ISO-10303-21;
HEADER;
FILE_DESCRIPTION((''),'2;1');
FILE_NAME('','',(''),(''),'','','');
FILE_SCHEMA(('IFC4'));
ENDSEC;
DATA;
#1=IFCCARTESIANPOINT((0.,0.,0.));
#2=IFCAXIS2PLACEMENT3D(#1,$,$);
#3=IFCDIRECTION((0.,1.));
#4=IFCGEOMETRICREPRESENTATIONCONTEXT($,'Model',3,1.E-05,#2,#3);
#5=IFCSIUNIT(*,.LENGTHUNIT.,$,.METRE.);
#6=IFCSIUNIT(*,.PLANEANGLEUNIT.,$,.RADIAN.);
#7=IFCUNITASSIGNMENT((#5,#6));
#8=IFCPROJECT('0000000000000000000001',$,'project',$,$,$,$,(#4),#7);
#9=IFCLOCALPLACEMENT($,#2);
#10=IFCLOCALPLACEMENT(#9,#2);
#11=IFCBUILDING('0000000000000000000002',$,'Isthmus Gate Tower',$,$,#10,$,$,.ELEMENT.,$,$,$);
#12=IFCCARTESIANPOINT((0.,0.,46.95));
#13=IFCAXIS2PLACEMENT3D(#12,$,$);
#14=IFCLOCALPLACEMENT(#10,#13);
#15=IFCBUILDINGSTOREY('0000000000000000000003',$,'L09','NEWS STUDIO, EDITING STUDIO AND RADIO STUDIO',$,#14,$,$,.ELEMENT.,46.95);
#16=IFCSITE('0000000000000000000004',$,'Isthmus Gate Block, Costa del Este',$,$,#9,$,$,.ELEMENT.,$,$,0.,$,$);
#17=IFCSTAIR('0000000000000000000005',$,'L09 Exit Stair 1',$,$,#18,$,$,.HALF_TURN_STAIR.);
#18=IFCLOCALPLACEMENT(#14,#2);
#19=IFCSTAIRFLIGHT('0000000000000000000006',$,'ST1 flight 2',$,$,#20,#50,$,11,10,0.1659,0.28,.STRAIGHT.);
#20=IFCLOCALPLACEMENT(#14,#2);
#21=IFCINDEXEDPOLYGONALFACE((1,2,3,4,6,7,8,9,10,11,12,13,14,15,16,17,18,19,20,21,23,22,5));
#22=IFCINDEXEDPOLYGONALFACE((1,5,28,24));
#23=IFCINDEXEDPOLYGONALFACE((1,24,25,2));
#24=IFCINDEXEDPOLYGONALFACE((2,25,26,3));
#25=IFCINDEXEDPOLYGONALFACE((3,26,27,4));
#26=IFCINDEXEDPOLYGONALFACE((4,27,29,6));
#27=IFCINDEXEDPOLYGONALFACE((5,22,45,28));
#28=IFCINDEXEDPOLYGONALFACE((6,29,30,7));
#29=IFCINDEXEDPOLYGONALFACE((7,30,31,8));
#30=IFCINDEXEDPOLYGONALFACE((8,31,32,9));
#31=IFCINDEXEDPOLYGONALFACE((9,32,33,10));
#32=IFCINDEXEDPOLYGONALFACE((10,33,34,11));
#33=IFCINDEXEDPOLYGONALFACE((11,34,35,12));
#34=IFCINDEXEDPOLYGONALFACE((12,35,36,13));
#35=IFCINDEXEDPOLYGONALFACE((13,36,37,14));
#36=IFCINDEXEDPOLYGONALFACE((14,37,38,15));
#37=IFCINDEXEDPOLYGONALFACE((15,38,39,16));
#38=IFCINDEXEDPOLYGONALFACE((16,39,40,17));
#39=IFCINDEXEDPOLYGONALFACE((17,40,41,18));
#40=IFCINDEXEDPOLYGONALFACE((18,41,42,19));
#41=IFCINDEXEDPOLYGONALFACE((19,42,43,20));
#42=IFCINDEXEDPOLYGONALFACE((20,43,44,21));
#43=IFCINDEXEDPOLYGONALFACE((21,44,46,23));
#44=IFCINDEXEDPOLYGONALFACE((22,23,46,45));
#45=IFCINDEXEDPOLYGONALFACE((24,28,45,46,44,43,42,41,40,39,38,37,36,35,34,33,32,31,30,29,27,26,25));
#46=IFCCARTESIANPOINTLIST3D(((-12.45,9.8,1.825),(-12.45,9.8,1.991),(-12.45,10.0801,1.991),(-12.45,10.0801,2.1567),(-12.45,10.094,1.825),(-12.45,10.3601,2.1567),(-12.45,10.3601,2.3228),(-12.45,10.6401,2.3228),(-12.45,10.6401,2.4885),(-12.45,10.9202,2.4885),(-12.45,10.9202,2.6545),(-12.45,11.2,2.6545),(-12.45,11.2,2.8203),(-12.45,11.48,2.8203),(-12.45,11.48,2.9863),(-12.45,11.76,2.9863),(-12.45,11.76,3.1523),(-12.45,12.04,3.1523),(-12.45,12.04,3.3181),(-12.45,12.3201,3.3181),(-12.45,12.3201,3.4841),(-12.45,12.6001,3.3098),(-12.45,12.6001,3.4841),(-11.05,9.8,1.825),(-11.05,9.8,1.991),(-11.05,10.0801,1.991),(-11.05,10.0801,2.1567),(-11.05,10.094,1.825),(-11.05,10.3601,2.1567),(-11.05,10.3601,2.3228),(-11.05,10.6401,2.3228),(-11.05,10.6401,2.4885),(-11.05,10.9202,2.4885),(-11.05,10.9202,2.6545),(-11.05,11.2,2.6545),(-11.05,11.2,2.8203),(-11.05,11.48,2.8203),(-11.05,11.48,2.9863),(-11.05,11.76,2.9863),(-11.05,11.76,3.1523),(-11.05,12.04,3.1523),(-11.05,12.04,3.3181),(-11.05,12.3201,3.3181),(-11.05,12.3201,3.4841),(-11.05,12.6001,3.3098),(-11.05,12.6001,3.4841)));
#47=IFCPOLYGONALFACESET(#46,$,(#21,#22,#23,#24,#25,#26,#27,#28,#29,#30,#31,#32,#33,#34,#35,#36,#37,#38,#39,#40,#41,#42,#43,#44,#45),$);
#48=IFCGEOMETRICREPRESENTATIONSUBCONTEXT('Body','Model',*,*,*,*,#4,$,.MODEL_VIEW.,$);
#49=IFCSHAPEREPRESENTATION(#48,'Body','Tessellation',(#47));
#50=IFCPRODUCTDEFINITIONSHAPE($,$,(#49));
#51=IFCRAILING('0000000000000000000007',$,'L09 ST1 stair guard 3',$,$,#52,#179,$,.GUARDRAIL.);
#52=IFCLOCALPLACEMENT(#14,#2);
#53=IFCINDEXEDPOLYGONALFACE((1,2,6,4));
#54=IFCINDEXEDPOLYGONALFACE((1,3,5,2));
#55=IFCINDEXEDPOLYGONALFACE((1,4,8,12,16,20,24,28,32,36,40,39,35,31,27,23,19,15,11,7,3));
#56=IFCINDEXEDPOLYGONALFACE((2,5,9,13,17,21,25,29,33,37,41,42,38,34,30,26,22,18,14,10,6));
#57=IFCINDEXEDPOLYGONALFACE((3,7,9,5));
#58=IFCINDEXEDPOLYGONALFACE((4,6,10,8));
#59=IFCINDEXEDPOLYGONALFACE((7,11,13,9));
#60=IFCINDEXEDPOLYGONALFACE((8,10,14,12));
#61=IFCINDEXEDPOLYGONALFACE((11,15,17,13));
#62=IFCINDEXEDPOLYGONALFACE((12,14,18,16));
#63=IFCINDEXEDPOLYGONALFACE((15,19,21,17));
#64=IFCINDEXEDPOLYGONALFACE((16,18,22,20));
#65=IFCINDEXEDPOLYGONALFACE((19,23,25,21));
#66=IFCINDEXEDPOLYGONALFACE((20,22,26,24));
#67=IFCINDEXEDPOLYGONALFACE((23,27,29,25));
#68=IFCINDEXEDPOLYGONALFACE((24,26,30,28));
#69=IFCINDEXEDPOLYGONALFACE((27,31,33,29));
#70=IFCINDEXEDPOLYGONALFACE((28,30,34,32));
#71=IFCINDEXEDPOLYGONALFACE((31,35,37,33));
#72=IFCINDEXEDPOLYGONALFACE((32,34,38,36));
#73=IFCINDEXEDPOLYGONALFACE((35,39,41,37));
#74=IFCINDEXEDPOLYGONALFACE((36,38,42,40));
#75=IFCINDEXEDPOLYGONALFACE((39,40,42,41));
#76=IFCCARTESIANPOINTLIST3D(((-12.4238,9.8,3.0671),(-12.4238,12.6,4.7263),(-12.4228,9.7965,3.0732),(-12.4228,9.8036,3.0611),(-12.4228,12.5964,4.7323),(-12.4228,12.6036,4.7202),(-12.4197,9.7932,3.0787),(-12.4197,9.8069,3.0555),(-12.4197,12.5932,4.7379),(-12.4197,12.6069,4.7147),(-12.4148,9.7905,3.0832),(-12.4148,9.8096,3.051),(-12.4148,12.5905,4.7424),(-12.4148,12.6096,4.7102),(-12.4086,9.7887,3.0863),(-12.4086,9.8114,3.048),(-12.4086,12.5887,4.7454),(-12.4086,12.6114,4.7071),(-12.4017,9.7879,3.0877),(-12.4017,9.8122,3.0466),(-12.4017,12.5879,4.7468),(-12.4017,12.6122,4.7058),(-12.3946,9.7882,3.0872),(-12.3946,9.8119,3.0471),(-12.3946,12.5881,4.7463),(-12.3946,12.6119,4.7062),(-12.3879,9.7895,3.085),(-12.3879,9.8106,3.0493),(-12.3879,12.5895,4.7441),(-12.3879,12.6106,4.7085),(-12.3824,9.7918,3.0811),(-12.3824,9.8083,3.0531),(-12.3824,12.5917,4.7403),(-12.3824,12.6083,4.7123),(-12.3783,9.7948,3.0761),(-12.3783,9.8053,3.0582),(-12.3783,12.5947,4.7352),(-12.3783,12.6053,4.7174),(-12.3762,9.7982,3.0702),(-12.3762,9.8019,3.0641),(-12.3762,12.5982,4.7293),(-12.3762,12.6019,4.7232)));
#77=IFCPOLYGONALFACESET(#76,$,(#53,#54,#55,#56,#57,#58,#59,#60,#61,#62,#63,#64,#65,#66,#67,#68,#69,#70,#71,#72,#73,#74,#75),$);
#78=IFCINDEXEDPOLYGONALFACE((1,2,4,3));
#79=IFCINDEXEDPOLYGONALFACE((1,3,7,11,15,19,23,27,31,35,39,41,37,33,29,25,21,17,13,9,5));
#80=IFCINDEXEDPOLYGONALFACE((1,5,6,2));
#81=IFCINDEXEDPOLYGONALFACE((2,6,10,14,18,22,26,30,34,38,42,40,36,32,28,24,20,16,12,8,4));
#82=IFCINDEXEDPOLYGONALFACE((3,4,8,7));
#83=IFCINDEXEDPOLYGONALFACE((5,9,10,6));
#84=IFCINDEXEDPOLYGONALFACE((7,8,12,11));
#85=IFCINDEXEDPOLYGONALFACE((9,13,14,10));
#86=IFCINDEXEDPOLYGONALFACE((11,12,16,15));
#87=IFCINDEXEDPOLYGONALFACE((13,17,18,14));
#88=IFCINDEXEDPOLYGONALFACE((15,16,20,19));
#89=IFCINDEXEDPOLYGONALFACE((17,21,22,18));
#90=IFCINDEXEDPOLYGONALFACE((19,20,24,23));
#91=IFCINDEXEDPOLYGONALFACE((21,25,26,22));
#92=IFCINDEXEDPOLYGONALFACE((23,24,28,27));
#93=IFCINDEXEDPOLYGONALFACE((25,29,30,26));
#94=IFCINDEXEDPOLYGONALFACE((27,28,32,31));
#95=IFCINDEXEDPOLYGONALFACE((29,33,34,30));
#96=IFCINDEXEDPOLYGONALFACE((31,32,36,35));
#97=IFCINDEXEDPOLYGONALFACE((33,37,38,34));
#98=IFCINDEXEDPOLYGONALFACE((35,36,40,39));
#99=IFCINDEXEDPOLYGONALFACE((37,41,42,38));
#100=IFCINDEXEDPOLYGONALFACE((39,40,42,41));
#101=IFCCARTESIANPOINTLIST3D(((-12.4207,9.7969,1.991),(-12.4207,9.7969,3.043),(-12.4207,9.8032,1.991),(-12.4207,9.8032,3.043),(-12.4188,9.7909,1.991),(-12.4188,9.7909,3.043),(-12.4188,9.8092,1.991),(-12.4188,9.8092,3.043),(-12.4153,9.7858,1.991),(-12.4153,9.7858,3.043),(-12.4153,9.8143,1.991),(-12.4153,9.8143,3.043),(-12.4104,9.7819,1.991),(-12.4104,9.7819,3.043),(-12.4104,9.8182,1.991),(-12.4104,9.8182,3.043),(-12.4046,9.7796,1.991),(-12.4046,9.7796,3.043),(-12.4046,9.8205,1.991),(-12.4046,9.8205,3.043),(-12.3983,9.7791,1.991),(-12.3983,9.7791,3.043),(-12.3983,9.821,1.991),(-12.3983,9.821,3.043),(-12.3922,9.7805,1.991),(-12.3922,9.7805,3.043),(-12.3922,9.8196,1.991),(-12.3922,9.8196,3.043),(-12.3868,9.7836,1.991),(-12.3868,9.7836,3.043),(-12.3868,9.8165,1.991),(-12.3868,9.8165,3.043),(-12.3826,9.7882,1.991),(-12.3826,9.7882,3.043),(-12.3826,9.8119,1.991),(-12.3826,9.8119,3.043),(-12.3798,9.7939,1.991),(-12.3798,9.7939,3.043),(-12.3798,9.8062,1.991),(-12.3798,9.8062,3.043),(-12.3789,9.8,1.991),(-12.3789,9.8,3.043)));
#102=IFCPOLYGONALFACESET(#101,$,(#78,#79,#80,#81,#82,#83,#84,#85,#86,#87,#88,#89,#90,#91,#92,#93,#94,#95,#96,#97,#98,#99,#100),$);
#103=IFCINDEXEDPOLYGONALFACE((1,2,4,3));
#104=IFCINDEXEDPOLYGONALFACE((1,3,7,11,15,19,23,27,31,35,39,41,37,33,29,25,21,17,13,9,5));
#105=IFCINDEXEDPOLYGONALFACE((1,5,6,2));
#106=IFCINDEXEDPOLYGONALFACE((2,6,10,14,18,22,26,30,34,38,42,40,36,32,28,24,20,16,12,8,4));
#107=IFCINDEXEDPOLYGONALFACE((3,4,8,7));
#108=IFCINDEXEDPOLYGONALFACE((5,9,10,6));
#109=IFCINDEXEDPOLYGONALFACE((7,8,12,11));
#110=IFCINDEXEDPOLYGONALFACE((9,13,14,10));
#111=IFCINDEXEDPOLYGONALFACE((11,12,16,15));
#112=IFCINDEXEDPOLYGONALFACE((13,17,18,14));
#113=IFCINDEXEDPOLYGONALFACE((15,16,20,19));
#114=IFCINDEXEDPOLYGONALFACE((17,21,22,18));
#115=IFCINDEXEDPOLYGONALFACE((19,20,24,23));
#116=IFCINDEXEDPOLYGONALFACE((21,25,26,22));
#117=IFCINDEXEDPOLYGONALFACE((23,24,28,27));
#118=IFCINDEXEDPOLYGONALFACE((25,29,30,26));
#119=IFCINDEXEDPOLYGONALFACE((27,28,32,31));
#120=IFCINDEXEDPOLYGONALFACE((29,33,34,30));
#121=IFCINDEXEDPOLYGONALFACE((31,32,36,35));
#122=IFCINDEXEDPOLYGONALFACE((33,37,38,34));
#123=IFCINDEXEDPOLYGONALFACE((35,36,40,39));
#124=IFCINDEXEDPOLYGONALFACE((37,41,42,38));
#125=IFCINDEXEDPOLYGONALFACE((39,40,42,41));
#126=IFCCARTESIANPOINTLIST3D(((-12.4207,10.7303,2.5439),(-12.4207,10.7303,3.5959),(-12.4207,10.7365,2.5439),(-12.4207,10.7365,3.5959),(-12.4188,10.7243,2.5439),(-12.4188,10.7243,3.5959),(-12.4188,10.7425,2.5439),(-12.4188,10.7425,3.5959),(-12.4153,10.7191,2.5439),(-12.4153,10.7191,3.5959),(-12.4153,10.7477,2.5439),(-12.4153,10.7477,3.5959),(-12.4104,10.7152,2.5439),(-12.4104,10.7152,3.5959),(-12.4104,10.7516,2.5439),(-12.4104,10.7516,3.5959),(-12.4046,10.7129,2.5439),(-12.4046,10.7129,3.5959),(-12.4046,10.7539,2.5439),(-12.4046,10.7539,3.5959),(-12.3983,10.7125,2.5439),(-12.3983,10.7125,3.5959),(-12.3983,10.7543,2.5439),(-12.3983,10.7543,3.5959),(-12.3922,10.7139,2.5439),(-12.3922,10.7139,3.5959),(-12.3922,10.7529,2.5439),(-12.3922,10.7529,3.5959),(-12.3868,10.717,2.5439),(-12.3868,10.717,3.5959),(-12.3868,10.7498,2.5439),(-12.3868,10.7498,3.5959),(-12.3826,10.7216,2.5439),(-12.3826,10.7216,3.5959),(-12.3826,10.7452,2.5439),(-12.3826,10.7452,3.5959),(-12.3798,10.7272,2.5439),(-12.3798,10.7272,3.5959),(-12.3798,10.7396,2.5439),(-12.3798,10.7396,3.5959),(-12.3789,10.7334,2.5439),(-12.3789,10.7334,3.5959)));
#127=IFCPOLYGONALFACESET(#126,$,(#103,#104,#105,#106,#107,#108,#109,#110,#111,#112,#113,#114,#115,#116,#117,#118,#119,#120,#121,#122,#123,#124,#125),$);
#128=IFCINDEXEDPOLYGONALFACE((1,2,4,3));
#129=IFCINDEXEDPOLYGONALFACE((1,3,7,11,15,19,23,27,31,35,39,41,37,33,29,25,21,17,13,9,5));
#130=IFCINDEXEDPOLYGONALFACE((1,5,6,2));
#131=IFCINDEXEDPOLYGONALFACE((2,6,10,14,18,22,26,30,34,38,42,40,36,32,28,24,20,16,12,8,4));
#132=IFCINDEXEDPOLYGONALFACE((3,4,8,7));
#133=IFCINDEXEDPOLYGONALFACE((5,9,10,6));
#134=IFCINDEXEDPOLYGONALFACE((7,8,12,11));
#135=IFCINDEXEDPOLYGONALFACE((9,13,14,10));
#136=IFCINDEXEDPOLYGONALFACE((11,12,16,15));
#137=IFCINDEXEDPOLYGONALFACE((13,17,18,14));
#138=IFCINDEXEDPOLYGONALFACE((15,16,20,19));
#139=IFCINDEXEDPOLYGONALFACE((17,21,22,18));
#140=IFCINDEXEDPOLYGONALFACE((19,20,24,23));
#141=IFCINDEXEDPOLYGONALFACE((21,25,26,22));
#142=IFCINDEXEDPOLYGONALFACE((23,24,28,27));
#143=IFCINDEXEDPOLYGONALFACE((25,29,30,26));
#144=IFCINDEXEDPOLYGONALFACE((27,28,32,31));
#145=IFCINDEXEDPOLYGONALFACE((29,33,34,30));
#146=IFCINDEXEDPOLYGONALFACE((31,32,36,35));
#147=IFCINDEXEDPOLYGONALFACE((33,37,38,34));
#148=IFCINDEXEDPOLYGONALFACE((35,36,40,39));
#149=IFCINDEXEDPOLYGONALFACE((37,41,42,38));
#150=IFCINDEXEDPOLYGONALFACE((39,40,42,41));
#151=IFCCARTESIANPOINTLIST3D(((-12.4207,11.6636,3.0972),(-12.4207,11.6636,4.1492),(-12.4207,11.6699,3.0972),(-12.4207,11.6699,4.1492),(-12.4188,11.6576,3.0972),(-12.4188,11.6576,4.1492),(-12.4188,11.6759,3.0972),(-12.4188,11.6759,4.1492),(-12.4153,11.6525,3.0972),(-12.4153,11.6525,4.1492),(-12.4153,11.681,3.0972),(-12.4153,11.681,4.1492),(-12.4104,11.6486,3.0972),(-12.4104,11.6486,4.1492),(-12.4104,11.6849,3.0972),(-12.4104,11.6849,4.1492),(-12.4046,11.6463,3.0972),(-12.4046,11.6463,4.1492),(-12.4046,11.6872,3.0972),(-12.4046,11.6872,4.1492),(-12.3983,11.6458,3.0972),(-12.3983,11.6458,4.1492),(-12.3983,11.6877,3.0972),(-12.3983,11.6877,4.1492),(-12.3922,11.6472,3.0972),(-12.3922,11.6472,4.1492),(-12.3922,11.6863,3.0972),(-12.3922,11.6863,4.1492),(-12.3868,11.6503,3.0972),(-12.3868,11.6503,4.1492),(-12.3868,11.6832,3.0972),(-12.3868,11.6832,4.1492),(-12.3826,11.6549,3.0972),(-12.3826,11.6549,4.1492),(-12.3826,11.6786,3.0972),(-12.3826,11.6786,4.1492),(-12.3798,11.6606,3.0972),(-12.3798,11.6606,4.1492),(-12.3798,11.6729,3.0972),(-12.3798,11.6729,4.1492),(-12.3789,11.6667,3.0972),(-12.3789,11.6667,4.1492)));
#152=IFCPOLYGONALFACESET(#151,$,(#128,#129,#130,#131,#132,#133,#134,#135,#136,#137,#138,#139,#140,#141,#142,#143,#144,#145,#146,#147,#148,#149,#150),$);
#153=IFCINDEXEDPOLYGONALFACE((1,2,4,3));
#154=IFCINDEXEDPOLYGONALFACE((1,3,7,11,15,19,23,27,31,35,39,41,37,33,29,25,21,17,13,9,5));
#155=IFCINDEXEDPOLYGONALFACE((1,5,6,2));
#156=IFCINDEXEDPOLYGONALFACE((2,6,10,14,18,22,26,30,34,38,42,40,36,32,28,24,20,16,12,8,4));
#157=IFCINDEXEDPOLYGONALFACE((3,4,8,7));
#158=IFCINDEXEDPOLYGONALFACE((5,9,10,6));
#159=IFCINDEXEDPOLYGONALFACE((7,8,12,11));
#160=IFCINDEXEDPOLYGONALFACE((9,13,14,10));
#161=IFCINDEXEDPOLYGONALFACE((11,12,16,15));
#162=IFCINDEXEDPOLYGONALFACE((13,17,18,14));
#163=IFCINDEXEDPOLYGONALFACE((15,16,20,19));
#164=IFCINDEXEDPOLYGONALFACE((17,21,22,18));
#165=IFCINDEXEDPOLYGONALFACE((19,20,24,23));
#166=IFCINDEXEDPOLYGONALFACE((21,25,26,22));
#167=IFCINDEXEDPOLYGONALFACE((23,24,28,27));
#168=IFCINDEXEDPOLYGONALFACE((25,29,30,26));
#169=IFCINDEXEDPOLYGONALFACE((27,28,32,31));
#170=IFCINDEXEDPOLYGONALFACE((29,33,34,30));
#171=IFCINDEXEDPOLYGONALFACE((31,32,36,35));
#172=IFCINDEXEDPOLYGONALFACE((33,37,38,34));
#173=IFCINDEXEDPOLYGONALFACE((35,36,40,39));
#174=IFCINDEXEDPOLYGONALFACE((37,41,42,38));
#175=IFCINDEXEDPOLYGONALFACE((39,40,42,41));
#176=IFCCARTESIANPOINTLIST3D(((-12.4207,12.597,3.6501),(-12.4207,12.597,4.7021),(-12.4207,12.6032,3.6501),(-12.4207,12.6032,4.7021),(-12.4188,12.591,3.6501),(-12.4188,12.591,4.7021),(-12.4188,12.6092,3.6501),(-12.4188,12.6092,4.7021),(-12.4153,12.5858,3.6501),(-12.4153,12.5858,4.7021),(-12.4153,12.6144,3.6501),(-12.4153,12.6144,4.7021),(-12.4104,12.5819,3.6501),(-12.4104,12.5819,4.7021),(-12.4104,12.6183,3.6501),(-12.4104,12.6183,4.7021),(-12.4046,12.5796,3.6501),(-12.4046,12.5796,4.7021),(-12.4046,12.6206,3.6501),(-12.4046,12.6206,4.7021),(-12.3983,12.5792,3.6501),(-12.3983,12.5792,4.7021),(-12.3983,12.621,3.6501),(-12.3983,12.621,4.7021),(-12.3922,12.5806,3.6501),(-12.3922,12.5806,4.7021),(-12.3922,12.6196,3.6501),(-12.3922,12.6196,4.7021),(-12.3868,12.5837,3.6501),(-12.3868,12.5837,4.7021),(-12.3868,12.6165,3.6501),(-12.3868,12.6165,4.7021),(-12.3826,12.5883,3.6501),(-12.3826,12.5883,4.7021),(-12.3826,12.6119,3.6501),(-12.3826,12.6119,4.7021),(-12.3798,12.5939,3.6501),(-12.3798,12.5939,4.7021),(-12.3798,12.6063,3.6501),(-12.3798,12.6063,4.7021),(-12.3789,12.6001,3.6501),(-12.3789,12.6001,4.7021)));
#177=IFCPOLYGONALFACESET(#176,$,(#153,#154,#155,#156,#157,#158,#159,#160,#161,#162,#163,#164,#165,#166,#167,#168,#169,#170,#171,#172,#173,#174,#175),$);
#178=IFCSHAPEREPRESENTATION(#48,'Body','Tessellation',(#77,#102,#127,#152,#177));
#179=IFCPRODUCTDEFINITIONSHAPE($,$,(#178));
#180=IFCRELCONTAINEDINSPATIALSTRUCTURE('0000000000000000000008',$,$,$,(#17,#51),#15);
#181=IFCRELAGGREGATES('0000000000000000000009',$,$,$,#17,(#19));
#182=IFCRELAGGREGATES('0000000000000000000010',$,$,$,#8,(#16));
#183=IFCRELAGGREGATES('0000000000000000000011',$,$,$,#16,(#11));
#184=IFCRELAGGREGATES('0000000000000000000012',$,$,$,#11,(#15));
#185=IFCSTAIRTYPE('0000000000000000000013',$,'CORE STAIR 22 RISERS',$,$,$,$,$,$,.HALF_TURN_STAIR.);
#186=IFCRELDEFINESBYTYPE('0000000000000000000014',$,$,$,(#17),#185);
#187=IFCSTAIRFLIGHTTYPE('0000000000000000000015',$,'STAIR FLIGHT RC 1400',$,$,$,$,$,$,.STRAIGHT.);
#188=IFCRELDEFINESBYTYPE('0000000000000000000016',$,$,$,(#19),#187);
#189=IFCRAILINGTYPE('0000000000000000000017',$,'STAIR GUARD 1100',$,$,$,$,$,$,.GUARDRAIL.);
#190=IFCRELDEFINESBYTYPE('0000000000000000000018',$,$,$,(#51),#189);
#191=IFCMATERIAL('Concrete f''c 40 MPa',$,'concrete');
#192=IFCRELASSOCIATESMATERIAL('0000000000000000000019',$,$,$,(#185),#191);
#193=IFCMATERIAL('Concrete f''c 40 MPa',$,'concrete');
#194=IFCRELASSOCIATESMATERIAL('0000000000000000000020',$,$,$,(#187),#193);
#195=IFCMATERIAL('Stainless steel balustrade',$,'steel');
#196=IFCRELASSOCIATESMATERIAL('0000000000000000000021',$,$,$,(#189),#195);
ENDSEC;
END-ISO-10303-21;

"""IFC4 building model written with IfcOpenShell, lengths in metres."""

from ifc_helpers import new_model, si_unit, direction, frame, origin, origin_2d, place, context, subcontext, project, spatial, polyline, circle, outline, extrude, material, type_object, element, aggregate, save


model = new_model("IFC4")

# Units and contexts
model_context = context("Model", 3, precision=1e-05, world=origin(), true_north=direction((0.0, 1.0)))
body_context = subcontext(model_context, "Body", "Model", "MODEL_VIEW")
ifc_project = project(units=[si_unit("LENGTHUNIT", "METRE"), si_unit("PLANEANGLEUNIT", "RADIAN")], contexts=[model_context])

# Site, building, storey
site_placement = place(None, origin())
site = spatial("IfcSite", under=ifc_project, at=site_placement, Name="Isthmus Gate Block, Costa del Este", CompositionType="ELEMENT", RefElevation=0.0)
building_placement = place(site_placement, origin())
building = spatial("IfcBuilding", under=site, at=building_placement, Name="Isthmus Gate Tower", CompositionType="ELEMENT")
storey_placement = place(building_placement, frame((0.0, 0.0, 46.95)))
storey = spatial("IfcBuildingStorey", under=building, at=storey_placement, Name="L09", Description="NEWS STUDIO, EDITING STUDIO AND RADIO STUDIO", CompositionType="ELEMENT", Elevation=46.95)

# Stair, stair flight
ifc_material_1 = material(Name="Concrete f'c 40 MPa", Category="concrete")
stair_type = type_object("IfcStairType", Name="CORE STAIR 22 RISERS", PredefinedType="HALF_TURN_STAIR", material=ifc_material_1)
stair_placement = place(storey_placement, origin())
stair = element("IfcStair", 1, at=stair_placement, inside=storey, type_object=stair_type, Name="L09 Exit Stair 1", PredefinedType="HALF_TURN_STAIR")
ifc_material_2 = material(Name="Concrete f'c 40 MPa", Category="concrete")
stair_flight_type = type_object("IfcStairFlightType", Name="STAIR FLIGHT RC 1400", PredefinedType="STRAIGHT", material=ifc_material_2)
stair_flight_placement = place(storey_placement, frame((-11.75, 9.8, 1.825), z_axis=(0.0, 0.0, 1.0), x_axis=(0.0, 1.0, 0.0)))
stair_flight = element("IfcStairFlight", 2, at=stair_flight_placement, type_object=stair_flight_type, Name="ST1 flight 2", NumberOfRisers=11, NumberOfTreads=10, PredefinedType="STRAIGHT", RiserHeight=0.1659, TreadLength=0.28, context=body_context, shape_type="SweptSolid", body=[
    extrude(outline(polyline([(0.0, 0.0), (0.0, 0.166), (0.28, 0.166), (0.28, 0.3318), (0.5601, 0.3318), (0.5601, 0.4978), (0.8401, 0.4978), (0.8401, 0.6636), (1.1201, 0.6636), (1.1201, 0.8296), (1.3999, 0.8296), (1.3999, 0.9954), (1.6799, 0.9954), (1.6799, 1.1614), (1.96, 1.1614), (1.96, 1.3274), (2.24, 1.3274), (2.24, 1.4932), (2.52, 1.4932), (2.52, 1.6592), (2.8, 1.6592), (2.8, 1.825), (2.8, 1.4849), (0.2939, 0.0), (0.0, 0.0)])), frame((0.0, 0.7, 0.0), z_axis=(0.0, -1.0, 0.0), x_axis=(1.0, 0.0, 0.0)), (0.0, 0.0, 1.0), 1.3999),
])
aggregate(stair, [stair_flight])

# Railing
ifc_material_3 = material(Name="Stainless steel balustrade", Category="steel")
railing_type_1 = type_object("IfcRailingType", Name="STAIR GUARD 1100", PredefinedType="GUARDRAIL", material=ifc_material_3)
railing_1_placement = place(storey_placement, frame((-12.3999, 9.8, 1.991)))
element("IfcRailing", 3, at=railing_1_placement, inside=storey, type_object=railing_type_1, Name="L09 ST1 stair guard 3", PredefinedType="GUARDRAIL", context=body_context, shape_type="SweptSolid", body=[
    extrude(circle(Radius=0.0239, at=origin_2d()), frame((0.0, 0.0, 1.0762), z_axis=(0.0, 0.860306, 0.509778), x_axis=(-1.0, 0.0, 0.0)), (0.0, 0.0, 1.0), 3.2546),
    extrude(circle(Radius=0.021, at=origin_2d()), origin(), (0.0, 0.0, 1.0), 1.052),
    extrude(circle(Radius=0.021, at=origin_2d()), frame((0.0, 0.9333, 0.553)), (0.0, 0.0, 1.0), 1.052),
    extrude(circle(Radius=0.021, at=origin_2d()), frame((0.0, 1.8667, 1.1062)), (0.0, 0.0, 1.0), 1.052),
    extrude(circle(Radius=0.021, at=origin_2d()), frame((0.0, 2.8, 1.6592)), (0.0, 0.0, 1.0), 1.052),
])

save(model, "model.ifc")
